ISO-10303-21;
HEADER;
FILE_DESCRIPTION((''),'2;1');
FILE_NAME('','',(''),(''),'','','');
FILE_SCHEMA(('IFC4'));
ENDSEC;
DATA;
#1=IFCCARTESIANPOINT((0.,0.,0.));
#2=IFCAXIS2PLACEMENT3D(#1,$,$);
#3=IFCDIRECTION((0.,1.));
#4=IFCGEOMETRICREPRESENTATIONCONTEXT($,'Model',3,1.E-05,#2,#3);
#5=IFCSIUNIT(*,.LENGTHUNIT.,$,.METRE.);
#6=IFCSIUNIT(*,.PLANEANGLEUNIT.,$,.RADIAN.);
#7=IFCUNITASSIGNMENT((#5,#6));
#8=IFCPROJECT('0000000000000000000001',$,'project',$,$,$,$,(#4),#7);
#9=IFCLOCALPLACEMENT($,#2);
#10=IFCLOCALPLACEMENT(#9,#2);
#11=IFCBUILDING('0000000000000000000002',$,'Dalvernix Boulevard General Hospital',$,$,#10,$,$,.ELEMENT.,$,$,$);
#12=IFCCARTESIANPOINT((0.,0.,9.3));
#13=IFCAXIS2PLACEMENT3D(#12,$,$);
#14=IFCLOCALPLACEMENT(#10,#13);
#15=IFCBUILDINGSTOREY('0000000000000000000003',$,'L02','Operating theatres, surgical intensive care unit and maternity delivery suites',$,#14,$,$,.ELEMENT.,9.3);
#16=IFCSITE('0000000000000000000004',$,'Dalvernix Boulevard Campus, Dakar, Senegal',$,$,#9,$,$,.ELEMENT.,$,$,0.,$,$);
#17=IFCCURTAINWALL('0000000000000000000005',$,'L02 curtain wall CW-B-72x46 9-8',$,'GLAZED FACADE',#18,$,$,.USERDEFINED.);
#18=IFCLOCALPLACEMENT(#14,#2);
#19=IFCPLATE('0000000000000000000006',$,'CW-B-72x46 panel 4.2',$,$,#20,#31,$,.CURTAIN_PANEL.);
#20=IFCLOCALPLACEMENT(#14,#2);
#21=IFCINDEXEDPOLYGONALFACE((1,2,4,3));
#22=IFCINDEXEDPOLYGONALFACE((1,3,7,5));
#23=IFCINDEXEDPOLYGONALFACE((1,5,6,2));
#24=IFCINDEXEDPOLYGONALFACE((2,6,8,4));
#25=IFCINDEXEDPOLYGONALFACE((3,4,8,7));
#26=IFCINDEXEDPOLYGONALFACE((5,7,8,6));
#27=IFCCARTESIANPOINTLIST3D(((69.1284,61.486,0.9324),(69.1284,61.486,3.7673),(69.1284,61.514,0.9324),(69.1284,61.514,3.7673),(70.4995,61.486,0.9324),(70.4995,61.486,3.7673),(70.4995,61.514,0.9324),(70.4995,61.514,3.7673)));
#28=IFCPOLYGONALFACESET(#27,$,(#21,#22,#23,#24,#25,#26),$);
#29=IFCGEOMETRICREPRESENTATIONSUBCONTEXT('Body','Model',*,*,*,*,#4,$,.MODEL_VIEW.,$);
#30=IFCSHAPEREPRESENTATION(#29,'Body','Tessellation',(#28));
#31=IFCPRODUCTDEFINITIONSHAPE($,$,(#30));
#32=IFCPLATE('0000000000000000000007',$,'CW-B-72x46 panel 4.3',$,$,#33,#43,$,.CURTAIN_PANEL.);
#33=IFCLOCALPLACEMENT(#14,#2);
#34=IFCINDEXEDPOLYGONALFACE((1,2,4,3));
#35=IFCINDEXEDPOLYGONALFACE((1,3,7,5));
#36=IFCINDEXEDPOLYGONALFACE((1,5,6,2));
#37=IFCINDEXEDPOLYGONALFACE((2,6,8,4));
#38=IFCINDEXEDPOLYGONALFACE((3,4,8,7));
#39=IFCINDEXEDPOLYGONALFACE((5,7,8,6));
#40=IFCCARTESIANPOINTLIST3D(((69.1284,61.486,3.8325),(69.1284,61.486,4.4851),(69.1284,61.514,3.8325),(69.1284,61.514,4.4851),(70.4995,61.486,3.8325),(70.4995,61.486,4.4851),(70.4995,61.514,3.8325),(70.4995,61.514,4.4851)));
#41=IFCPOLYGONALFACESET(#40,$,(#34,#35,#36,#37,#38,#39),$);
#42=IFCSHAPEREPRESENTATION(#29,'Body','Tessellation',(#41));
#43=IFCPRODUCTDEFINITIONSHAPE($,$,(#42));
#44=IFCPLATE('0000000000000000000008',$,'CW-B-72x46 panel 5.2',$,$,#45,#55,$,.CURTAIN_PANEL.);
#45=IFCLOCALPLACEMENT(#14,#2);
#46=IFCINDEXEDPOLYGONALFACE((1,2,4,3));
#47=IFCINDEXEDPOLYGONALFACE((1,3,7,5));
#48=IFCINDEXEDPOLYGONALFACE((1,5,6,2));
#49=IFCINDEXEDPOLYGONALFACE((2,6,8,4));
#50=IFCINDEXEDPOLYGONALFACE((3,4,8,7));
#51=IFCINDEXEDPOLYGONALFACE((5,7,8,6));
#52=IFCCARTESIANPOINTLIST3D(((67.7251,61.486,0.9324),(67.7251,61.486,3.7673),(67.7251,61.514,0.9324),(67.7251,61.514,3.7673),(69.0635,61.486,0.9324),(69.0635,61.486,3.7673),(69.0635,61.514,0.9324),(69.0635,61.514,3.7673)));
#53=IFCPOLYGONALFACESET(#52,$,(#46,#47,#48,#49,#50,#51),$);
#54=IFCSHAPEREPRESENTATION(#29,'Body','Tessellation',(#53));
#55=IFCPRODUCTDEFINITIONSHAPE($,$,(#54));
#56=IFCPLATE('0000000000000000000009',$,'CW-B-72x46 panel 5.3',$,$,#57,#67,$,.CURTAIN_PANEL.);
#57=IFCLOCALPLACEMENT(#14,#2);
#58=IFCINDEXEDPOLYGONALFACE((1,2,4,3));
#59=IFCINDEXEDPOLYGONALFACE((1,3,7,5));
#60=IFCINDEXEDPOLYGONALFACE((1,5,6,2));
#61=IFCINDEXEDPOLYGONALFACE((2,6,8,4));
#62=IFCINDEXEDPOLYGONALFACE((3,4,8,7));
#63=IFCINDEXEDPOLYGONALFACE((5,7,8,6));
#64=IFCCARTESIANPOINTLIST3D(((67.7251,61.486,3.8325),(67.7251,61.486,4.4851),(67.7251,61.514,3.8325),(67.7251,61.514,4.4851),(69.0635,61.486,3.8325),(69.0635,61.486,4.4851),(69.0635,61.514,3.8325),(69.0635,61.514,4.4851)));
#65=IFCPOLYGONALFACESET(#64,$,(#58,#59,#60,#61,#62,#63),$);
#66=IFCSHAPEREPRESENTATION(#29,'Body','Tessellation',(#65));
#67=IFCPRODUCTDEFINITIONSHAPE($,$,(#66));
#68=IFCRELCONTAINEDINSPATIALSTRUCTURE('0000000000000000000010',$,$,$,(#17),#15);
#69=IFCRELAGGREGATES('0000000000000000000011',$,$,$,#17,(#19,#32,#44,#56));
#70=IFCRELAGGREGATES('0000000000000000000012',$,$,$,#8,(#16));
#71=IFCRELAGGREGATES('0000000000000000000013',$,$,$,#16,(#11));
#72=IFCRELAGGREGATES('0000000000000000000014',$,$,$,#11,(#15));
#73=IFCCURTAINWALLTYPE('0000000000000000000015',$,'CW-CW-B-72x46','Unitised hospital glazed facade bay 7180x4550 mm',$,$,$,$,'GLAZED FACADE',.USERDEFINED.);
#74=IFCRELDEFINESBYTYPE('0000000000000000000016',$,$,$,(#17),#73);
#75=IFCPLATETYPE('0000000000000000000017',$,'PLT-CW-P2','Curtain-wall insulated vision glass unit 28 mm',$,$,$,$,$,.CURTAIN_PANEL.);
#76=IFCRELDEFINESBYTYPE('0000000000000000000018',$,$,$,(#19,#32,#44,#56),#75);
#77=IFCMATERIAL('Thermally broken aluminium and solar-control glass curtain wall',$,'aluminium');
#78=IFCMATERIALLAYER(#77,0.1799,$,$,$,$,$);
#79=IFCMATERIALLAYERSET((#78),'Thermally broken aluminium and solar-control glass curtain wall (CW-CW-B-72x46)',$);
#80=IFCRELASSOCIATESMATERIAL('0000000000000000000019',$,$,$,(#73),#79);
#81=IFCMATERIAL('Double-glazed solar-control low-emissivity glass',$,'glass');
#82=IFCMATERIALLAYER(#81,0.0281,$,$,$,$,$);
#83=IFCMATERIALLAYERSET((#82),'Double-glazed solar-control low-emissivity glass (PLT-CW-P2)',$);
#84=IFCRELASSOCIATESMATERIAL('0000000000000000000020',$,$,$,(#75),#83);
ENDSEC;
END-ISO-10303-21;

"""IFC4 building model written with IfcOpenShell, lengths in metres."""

from ifc_helpers import new_model, si_unit, direction, frame, origin, origin_2d, place, context, subcontext, project, spatial, rectangle, extrude, material, layer, layer_set, type_object, element, aggregate, save


model = new_model("IFC4")

# Units and contexts
model_context = context("Model", 3, precision=1e-05, world=origin(), true_north=direction((0.0, 1.0)))
body_context = subcontext(model_context, "Body", "Model", "MODEL_VIEW")
ifc_project = project(units=[si_unit("LENGTHUNIT", "METRE"), si_unit("PLANEANGLEUNIT", "RADIAN")], contexts=[model_context])

# Site, building, storey
site_placement = place(None, origin())
site = spatial("IfcSite", under=ifc_project, at=site_placement, Name="Dalvernix Boulevard Campus, Dakar, Senegal", CompositionType="ELEMENT", RefElevation=0.0)
building_placement = place(site_placement, origin())
building = spatial("IfcBuilding", under=site, at=building_placement, Name="Dalvernix Boulevard General Hospital", CompositionType="ELEMENT")
storey_placement = place(building_placement, frame((0.0, 0.0, 9.3)))
storey = spatial("IfcBuildingStorey", under=building, at=storey_placement, Name="L02", Description="Operating theatres, surgical intensive care unit and maternity delivery suites", CompositionType="ELEMENT", Elevation=9.3)

# Curtain wall
ifc_material_1 = material(Name="Thermally broken aluminium and solar-control glass curtain wall", Category="aluminium")
ifc_layer_1 = layer(ifc_material_1, 0.1799)
ifc_layer_set_1 = layer_set([ifc_layer_1], Name="Thermally broken aluminium and solar-control glass curtain wall (CW-CW-B-72x46)")
curtain_wall_type_1 = type_object("IfcCurtainWallType", Name="CW-CW-B-72x46", Description="Unitised hospital glazed facade bay 7180x4550 mm", ElementType="GLAZED FACADE", PredefinedType="USERDEFINED", material=ifc_layer_set_1)
curtain_wall_1_placement = place(storey_placement, origin())
curtain_wall_1 = element("IfcCurtainWall", 1, at=curtain_wall_1_placement, inside=storey, type_object=curtain_wall_type_1, Name="L02 curtain wall CW-B-72x46 9-8", ObjectType="GLAZED FACADE", PredefinedType="USERDEFINED")

# Plates
ifc_material_2 = material(Name="Double-glazed solar-control low-emissivity glass", Category="glass")
ifc_layer_2 = layer(ifc_material_2, 0.0281)
ifc_layer_set_2 = layer_set([ifc_layer_2], Name="Double-glazed solar-control low-emissivity glass (PLT-CW-P2)")
plate_type_1 = type_object("IfcPlateType", Name="PLT-CW-P2", Description="Curtain-wall insulated vision glass unit 28 mm", PredefinedType="CURTAIN_PANEL", material=ifc_layer_set_2)
plate_1_placement = place(storey_placement, frame((69.814, 61.5, 0.9324), z_axis=(0.0, 0.0, 1.0), x_axis=(-1.0, 0.0, 0.0)))
plate_1 = element("IfcPlate", 2, at=plate_1_placement, type_object=plate_type_1, Name="CW-B-72x46 panel 4.2", PredefinedType="CURTAIN_PANEL", context=body_context, shape_type="SweptSolid", body=[
    extrude(rectangle(XDim=1.3711, YDim=0.0281, at=origin_2d()), origin(), (0.0, 0.0, 1.0), 2.835),
])
plate_2_placement = place(storey_placement, frame((69.814, 61.5, 3.8325), z_axis=(0.0, 0.0, 1.0), x_axis=(-1.0, 0.0, 0.0)))
plate_2 = element("IfcPlate", 3, at=plate_2_placement, type_object=plate_type_1, Name="CW-B-72x46 panel 4.3", PredefinedType="CURTAIN_PANEL", context=body_context, shape_type="SweptSolid", body=[
    extrude(rectangle(XDim=1.3711, YDim=0.0281, at=origin_2d()), origin(), (0.0, 0.0, 1.0), 0.6526),
])
plate_3_placement = place(storey_placement, frame((68.3943, 61.5, 0.9324), z_axis=(0.0, 0.0, 1.0), x_axis=(-1.0, 0.0, 0.0)))
plate_3 = element("IfcPlate", 4, at=plate_3_placement, type_object=plate_type_1, Name="CW-B-72x46 panel 5.2", PredefinedType="CURTAIN_PANEL", context=body_context, shape_type="SweptSolid", body=[
    extrude(rectangle(XDim=1.3384, YDim=0.0281, at=origin_2d()), origin(), (0.0, 0.0, 1.0), 2.835),
])
plate_4_placement = place(storey_placement, frame((68.3943, 61.5, 3.8325), z_axis=(0.0, 0.0, 1.0), x_axis=(-1.0, 0.0, 0.0)))
plate_4 = element("IfcPlate", 5, at=plate_4_placement, type_object=plate_type_1, Name="CW-B-72x46 panel 5.3", PredefinedType="CURTAIN_PANEL", context=body_context, shape_type="SweptSolid", body=[
    extrude(rectangle(XDim=1.3384, YDim=0.0281, at=origin_2d()), origin(), (0.0, 0.0, 1.0), 0.6526),
])
aggregate(curtain_wall_1, [plate_1, plate_2, plate_3, plate_4])

save(model, "model.ifc")
